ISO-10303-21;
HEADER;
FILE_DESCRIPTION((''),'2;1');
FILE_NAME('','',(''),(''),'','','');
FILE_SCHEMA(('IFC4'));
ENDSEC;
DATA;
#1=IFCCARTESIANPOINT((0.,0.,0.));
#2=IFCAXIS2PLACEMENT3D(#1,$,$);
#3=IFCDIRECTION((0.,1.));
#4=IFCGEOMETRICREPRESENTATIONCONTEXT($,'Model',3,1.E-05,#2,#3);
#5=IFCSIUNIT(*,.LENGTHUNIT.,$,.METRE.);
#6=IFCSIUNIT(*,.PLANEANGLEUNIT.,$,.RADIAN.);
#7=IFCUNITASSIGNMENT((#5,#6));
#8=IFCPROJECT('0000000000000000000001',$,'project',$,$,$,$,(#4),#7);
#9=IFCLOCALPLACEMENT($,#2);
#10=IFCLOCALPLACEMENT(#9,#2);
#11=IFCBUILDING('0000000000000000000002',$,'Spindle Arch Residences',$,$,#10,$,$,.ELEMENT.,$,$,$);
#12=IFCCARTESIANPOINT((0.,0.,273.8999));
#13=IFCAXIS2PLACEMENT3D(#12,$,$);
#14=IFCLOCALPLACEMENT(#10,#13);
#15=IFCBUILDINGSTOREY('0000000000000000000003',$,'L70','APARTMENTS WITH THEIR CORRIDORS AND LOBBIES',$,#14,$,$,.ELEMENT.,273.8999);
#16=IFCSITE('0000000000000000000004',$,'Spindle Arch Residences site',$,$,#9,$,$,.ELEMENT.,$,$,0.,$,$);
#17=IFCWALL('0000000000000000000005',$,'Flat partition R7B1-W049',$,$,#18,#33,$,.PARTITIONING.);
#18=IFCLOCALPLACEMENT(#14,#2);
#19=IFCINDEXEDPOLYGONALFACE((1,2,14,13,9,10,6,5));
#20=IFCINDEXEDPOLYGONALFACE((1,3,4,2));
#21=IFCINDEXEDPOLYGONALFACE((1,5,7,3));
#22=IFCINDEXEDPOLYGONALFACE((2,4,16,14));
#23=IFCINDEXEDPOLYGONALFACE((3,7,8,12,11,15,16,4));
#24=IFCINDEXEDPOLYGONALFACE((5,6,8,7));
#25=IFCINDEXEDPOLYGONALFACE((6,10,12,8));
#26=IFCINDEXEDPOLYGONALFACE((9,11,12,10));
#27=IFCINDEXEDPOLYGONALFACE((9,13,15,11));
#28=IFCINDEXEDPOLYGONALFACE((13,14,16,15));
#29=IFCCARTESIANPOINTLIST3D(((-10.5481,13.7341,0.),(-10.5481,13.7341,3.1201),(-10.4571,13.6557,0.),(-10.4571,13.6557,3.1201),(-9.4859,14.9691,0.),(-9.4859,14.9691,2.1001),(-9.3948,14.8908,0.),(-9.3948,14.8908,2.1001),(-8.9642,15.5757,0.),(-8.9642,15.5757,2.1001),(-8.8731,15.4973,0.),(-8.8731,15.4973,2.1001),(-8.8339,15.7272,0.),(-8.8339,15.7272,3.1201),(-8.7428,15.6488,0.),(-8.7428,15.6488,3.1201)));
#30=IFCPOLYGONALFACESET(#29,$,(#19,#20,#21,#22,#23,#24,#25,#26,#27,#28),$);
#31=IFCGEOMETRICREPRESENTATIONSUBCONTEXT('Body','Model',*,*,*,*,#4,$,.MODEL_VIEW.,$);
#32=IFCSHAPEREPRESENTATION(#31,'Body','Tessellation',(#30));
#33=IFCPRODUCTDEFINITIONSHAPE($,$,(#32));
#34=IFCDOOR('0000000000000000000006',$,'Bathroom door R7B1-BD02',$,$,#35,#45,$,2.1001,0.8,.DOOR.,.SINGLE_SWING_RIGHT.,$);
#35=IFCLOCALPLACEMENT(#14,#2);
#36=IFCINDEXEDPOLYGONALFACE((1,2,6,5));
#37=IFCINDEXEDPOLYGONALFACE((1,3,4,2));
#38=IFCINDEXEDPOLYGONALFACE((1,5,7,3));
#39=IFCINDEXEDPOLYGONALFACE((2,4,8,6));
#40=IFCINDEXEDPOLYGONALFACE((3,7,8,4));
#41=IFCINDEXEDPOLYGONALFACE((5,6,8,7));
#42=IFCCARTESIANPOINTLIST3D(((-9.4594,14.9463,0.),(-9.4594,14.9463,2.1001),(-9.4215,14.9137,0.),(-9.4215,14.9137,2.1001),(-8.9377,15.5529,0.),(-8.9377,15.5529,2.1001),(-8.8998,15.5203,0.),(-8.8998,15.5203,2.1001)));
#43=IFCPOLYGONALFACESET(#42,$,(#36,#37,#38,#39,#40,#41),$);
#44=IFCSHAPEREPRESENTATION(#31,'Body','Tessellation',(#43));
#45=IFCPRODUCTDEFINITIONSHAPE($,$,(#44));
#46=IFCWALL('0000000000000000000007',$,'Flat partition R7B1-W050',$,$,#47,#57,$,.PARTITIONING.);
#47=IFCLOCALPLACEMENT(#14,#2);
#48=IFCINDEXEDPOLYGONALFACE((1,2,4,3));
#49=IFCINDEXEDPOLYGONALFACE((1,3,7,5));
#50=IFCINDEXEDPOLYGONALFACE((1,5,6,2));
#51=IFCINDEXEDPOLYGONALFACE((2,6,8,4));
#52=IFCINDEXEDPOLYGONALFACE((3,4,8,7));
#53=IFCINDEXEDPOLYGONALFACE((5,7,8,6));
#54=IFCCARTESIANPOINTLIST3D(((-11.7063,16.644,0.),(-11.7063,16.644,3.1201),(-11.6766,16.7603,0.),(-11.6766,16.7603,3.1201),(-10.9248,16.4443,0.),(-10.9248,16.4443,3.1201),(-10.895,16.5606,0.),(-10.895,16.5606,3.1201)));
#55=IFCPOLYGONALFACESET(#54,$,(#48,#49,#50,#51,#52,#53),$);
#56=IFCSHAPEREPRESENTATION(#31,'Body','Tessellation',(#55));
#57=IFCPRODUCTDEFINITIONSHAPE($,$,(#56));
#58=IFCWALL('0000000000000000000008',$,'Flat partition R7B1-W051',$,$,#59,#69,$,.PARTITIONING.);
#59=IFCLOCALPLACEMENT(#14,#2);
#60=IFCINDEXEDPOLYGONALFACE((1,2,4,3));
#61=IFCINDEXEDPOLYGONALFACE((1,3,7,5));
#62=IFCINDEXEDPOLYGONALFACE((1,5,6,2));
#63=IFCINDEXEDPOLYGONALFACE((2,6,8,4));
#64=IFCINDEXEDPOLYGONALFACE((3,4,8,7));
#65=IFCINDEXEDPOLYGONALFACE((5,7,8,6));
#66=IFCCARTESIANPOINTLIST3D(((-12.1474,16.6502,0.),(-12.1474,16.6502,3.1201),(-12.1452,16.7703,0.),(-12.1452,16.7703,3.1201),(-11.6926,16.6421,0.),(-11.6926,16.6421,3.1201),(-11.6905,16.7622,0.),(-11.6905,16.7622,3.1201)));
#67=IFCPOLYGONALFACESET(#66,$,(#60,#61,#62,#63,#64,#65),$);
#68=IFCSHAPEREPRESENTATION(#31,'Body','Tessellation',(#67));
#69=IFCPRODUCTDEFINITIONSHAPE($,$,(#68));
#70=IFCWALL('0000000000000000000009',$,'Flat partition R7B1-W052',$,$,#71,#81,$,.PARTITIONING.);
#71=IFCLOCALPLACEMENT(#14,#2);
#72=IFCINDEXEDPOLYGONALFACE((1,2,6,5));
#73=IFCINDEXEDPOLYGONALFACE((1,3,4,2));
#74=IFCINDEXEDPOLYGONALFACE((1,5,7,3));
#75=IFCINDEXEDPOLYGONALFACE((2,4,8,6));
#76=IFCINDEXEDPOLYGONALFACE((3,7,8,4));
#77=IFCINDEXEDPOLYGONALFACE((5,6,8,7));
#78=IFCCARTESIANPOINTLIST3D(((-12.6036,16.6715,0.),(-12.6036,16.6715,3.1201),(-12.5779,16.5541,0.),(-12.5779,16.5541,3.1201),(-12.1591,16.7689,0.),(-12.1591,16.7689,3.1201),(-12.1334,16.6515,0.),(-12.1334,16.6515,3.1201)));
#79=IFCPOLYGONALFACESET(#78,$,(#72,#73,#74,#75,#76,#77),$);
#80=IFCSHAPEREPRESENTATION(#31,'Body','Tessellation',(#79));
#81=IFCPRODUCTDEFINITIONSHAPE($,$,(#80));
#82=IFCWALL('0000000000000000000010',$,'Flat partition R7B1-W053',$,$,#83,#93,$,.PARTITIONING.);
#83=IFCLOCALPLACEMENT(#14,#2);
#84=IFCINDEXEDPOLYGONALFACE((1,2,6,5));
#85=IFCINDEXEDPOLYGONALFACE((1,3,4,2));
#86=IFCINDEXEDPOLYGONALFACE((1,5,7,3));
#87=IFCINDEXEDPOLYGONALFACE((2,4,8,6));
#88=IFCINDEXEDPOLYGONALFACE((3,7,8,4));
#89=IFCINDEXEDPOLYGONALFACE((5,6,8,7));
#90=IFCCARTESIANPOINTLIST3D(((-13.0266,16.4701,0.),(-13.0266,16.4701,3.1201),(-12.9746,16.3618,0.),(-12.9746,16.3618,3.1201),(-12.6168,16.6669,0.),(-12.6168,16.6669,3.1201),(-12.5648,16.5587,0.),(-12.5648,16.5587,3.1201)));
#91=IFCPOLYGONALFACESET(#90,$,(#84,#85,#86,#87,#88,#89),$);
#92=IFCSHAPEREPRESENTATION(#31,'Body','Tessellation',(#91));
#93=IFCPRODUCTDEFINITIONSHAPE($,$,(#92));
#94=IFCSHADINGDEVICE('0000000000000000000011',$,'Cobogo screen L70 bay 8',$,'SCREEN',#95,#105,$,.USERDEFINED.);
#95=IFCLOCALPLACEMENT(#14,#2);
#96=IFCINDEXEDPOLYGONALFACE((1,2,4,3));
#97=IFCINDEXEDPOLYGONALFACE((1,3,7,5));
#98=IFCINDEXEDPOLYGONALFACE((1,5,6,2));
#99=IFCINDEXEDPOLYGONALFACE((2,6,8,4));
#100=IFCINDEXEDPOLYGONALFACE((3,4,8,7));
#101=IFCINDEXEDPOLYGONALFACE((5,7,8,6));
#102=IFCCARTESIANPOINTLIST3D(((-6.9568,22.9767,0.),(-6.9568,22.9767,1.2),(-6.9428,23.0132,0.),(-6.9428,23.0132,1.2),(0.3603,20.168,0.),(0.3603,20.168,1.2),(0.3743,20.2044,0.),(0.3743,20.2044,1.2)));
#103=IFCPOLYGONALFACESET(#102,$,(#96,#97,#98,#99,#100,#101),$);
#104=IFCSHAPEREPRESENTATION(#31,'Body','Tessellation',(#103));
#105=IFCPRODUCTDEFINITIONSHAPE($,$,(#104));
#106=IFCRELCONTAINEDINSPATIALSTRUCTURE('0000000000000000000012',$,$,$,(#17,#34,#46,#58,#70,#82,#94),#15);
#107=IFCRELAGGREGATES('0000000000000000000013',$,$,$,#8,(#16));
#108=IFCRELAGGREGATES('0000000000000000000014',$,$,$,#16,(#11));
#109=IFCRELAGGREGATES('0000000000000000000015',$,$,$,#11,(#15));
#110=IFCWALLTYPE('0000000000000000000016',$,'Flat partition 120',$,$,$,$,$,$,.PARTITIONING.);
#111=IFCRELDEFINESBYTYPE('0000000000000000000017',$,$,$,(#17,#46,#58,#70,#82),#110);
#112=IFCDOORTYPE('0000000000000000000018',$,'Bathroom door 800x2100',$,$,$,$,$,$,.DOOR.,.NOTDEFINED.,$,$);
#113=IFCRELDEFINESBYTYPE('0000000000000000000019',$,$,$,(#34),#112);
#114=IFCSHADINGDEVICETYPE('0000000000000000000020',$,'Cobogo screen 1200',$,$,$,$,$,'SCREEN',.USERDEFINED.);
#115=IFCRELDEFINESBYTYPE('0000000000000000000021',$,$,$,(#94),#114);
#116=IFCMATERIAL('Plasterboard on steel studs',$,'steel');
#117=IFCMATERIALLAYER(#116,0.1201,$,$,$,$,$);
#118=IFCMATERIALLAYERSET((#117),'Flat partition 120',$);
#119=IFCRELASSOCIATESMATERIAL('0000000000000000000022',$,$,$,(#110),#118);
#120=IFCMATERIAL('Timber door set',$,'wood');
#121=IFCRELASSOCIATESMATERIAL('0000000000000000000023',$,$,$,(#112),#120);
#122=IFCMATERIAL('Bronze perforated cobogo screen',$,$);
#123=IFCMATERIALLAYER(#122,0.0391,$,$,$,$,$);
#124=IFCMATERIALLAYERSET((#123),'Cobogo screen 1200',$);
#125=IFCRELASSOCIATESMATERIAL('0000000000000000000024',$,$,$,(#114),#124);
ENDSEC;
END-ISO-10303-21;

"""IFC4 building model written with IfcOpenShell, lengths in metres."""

from ifc_helpers import new_model, si_unit, direction, frame, frame_2d, origin, origin_2d, place, context, subcontext, project, spatial, rectangle, extrude, material, layer, layer_set, type_object, element, fill, save


model = new_model("IFC4")

# Units and contexts
model_context = context("Model", 3, precision=1e-05, world=origin(), true_north=direction((0.0, 1.0)))
body_context = subcontext(model_context, "Body", "Model", "MODEL_VIEW")
ifc_project = project(units=[si_unit("LENGTHUNIT", "METRE"), si_unit("PLANEANGLEUNIT", "RADIAN")], contexts=[model_context])

# Site, building, storey
site_placement = place(None, origin())
site = spatial("IfcSite", under=ifc_project, at=site_placement, Name="Spindle Arch Residences site", CompositionType="ELEMENT", RefElevation=0.0)
building_placement = place(site_placement, origin())
building = spatial("IfcBuilding", under=site, at=building_placement, Name="Spindle Arch Residences", CompositionType="ELEMENT")
storey_placement = place(building_placement, frame((0.0, 0.0, 273.8999)))
storey = spatial("IfcBuildingStorey", under=building, at=storey_placement, Name="L70", Description="APARTMENTS WITH THEIR CORRIDORS AND LOBBIES", CompositionType="ELEMENT", Elevation=273.8999)

# Shared definitions
ifc_material_1 = material(Name="Plasterboard on steel studs", Category="steel")
ifc_layer_1 = layer(ifc_material_1, 0.1201)
ifc_layer_set_1 = layer_set([ifc_layer_1], Name="Flat partition 120")
wall_type = type_object("IfcWallType", Name="Flat partition 120", PredefinedType="PARTITIONING", material=ifc_layer_set_1)

# Wall, opening, door
wall_1_placement = place(storey_placement, frame((-8.7883, 15.688, 0.0), z_axis=(0.0, 0.0, 1.0), x_axis=(-0.652091, -0.758141, 0.0)))
wall_1 = element("IfcWall", 1, at=wall_1_placement, inside=storey, type_object=wall_type, Name="Flat partition R7B1-W049", PredefinedType="PARTITIONING", context=body_context, shape_type="SweptSolid", body=[
    extrude(rectangle(XDim=2.6289, YDim=0.1201, at=frame_2d((1.3145, 0.0))), origin(), (0.0, 0.0, 1.0), 3.1201),
])
opening_1_placement = place(wall_1_placement, frame((0.2, 0.0, 0.0)))
opening_1 = element("IfcOpeningElement", 2, at=opening_1_placement, cuts=wall_1, PredefinedType="OPENING", context=body_context, shape_type="SweptSolid", body=[
    extrude(rectangle(XDim=0.8, YDim=2.1001, at=frame_2d((0.3999, 1.05))), frame((0.0, 0.0701, 0.0), z_axis=(0.0, -1.0, 0.0), x_axis=(1.0, 0.0, 0.0)), (0.0, 0.0, 1.0), 0.1401),
])
ifc_material_2 = material(Name="Timber door set", Category="wood")
door_type_1 = type_object("IfcDoorType", Name="Bathroom door 800x2100", OperationType="NOTDEFINED", PredefinedType="DOOR", material=ifc_material_2)
door_1_placement = place(opening_1_placement, origin())
door_1 = element("IfcDoor", 3, at=door_1_placement, inside=storey, type_object=door_type_1, Name="Bathroom door R7B1-BD02", OperationType="SINGLE_SWING_RIGHT", OverallHeight=2.1001, OverallWidth=0.8, PredefinedType="DOOR", context=body_context, shape_type="SweptSolid", body=[
    extrude(rectangle(XDim=0.8, YDim=2.1001, at=frame_2d((0.3999, 1.05))), frame((0.0, 0.0249, 0.0), z_axis=(0.0, -1.0, 0.0), x_axis=(1.0, 0.0, 0.0)), (0.0, 0.0, 1.0), 0.05),
])
fill(opening_1, door_1)

# Walls
wall_2_placement = place(storey_placement, frame((-10.9099, 16.5024, 0.0), z_axis=(0.0, 0.0, 1.0), x_axis=(-0.968865, 0.247589, 0.0)))
element("IfcWall", 4, at=wall_2_placement, inside=storey, type_object=wall_type, Name="Flat partition R7B1-W050", PredefinedType="PARTITIONING", context=body_context, shape_type="SweptSolid", body=[
    extrude(rectangle(XDim=0.8066, YDim=0.1201, at=frame_2d((0.4033, 0.0))), origin(), (0.0, 0.0, 1.0), 3.1201),
])
wall_3_placement = place(storey_placement, frame((-11.6914, 16.7021, 0.0), z_axis=(0.0, 0.0, 1.0), x_axis=(-0.999843, 0.017711, 0.0)))
element("IfcWall", 5, at=wall_3_placement, inside=storey, type_object=wall_type, Name="Flat partition R7B1-W051", PredefinedType="PARTITIONING", context=body_context, shape_type="SweptSolid", body=[
    extrude(rectangle(XDim=0.4548, YDim=0.1201, at=frame_2d((0.2275, 0.0))), origin(), (0.0, 0.0, 1.0), 3.1201),
])
wall_4_placement = place(storey_placement, frame((-12.1462, 16.7102, 0.0), z_axis=(0.0, 0.0, 1.0), x_axis=(-0.976826, -0.214033, 0.0)))
element("IfcWall", 6, at=wall_4_placement, inside=storey, type_object=wall_type, Name="Flat partition R7B1-W052", PredefinedType="PARTITIONING", context=body_context, shape_type="SweptSolid", body=[
    extrude(rectangle(XDim=0.4551, YDim=0.1201, at=frame_2d((0.2275, 0.0))), origin(), (0.0, 0.0, 1.0), 3.1201),
])
wall_5_placement = place(storey_placement, frame((-12.5908, 16.6128, 0.0), z_axis=(0.0, 0.0, 1.0), x_axis=(-0.901406, -0.432976, 0.0)))
element("IfcWall", 7, at=wall_5_placement, inside=storey, type_object=wall_type, Name="Flat partition R7B1-W053", PredefinedType="PARTITIONING", context=body_context, shape_type="SweptSolid", body=[
    extrude(rectangle(XDim=0.4546, YDim=0.1201, at=frame_2d((0.2273, 0.0))), origin(), (0.0, 0.0, 1.0), 3.1201),
])

# Shading device
ifc_material_3 = material(Name="Bronze perforated cobogo screen")
ifc_layer_2 = layer(ifc_material_3, 0.0391)
ifc_layer_set_2 = layer_set([ifc_layer_2], Name="Cobogo screen 1200")
shading_device_type = type_object("IfcShadingDeviceType", Name="Cobogo screen 1200", ElementType="SCREEN", PredefinedType="USERDEFINED", material=ifc_layer_set_2)
shading_device_placement = place(storey_placement, frame((-3.2913, 21.5906, 0.0), z_axis=(0.0, 0.0, 1.0), x_axis=(-0.93358, 0.358368, 0.0)))
element("IfcShadingDevice", 8, at=shading_device_placement, inside=storey, type_object=shading_device_type, Name="Cobogo screen L70 bay 8", ObjectType="SCREEN", PredefinedType="USERDEFINED", context=body_context, shape_type="SweptSolid", body=[
    extrude(rectangle(XDim=7.8376, YDim=0.0391, at=origin_2d()), origin(), (0.0, 0.0, 1.0), 1.2),
])

save(model, "model.ifc")
